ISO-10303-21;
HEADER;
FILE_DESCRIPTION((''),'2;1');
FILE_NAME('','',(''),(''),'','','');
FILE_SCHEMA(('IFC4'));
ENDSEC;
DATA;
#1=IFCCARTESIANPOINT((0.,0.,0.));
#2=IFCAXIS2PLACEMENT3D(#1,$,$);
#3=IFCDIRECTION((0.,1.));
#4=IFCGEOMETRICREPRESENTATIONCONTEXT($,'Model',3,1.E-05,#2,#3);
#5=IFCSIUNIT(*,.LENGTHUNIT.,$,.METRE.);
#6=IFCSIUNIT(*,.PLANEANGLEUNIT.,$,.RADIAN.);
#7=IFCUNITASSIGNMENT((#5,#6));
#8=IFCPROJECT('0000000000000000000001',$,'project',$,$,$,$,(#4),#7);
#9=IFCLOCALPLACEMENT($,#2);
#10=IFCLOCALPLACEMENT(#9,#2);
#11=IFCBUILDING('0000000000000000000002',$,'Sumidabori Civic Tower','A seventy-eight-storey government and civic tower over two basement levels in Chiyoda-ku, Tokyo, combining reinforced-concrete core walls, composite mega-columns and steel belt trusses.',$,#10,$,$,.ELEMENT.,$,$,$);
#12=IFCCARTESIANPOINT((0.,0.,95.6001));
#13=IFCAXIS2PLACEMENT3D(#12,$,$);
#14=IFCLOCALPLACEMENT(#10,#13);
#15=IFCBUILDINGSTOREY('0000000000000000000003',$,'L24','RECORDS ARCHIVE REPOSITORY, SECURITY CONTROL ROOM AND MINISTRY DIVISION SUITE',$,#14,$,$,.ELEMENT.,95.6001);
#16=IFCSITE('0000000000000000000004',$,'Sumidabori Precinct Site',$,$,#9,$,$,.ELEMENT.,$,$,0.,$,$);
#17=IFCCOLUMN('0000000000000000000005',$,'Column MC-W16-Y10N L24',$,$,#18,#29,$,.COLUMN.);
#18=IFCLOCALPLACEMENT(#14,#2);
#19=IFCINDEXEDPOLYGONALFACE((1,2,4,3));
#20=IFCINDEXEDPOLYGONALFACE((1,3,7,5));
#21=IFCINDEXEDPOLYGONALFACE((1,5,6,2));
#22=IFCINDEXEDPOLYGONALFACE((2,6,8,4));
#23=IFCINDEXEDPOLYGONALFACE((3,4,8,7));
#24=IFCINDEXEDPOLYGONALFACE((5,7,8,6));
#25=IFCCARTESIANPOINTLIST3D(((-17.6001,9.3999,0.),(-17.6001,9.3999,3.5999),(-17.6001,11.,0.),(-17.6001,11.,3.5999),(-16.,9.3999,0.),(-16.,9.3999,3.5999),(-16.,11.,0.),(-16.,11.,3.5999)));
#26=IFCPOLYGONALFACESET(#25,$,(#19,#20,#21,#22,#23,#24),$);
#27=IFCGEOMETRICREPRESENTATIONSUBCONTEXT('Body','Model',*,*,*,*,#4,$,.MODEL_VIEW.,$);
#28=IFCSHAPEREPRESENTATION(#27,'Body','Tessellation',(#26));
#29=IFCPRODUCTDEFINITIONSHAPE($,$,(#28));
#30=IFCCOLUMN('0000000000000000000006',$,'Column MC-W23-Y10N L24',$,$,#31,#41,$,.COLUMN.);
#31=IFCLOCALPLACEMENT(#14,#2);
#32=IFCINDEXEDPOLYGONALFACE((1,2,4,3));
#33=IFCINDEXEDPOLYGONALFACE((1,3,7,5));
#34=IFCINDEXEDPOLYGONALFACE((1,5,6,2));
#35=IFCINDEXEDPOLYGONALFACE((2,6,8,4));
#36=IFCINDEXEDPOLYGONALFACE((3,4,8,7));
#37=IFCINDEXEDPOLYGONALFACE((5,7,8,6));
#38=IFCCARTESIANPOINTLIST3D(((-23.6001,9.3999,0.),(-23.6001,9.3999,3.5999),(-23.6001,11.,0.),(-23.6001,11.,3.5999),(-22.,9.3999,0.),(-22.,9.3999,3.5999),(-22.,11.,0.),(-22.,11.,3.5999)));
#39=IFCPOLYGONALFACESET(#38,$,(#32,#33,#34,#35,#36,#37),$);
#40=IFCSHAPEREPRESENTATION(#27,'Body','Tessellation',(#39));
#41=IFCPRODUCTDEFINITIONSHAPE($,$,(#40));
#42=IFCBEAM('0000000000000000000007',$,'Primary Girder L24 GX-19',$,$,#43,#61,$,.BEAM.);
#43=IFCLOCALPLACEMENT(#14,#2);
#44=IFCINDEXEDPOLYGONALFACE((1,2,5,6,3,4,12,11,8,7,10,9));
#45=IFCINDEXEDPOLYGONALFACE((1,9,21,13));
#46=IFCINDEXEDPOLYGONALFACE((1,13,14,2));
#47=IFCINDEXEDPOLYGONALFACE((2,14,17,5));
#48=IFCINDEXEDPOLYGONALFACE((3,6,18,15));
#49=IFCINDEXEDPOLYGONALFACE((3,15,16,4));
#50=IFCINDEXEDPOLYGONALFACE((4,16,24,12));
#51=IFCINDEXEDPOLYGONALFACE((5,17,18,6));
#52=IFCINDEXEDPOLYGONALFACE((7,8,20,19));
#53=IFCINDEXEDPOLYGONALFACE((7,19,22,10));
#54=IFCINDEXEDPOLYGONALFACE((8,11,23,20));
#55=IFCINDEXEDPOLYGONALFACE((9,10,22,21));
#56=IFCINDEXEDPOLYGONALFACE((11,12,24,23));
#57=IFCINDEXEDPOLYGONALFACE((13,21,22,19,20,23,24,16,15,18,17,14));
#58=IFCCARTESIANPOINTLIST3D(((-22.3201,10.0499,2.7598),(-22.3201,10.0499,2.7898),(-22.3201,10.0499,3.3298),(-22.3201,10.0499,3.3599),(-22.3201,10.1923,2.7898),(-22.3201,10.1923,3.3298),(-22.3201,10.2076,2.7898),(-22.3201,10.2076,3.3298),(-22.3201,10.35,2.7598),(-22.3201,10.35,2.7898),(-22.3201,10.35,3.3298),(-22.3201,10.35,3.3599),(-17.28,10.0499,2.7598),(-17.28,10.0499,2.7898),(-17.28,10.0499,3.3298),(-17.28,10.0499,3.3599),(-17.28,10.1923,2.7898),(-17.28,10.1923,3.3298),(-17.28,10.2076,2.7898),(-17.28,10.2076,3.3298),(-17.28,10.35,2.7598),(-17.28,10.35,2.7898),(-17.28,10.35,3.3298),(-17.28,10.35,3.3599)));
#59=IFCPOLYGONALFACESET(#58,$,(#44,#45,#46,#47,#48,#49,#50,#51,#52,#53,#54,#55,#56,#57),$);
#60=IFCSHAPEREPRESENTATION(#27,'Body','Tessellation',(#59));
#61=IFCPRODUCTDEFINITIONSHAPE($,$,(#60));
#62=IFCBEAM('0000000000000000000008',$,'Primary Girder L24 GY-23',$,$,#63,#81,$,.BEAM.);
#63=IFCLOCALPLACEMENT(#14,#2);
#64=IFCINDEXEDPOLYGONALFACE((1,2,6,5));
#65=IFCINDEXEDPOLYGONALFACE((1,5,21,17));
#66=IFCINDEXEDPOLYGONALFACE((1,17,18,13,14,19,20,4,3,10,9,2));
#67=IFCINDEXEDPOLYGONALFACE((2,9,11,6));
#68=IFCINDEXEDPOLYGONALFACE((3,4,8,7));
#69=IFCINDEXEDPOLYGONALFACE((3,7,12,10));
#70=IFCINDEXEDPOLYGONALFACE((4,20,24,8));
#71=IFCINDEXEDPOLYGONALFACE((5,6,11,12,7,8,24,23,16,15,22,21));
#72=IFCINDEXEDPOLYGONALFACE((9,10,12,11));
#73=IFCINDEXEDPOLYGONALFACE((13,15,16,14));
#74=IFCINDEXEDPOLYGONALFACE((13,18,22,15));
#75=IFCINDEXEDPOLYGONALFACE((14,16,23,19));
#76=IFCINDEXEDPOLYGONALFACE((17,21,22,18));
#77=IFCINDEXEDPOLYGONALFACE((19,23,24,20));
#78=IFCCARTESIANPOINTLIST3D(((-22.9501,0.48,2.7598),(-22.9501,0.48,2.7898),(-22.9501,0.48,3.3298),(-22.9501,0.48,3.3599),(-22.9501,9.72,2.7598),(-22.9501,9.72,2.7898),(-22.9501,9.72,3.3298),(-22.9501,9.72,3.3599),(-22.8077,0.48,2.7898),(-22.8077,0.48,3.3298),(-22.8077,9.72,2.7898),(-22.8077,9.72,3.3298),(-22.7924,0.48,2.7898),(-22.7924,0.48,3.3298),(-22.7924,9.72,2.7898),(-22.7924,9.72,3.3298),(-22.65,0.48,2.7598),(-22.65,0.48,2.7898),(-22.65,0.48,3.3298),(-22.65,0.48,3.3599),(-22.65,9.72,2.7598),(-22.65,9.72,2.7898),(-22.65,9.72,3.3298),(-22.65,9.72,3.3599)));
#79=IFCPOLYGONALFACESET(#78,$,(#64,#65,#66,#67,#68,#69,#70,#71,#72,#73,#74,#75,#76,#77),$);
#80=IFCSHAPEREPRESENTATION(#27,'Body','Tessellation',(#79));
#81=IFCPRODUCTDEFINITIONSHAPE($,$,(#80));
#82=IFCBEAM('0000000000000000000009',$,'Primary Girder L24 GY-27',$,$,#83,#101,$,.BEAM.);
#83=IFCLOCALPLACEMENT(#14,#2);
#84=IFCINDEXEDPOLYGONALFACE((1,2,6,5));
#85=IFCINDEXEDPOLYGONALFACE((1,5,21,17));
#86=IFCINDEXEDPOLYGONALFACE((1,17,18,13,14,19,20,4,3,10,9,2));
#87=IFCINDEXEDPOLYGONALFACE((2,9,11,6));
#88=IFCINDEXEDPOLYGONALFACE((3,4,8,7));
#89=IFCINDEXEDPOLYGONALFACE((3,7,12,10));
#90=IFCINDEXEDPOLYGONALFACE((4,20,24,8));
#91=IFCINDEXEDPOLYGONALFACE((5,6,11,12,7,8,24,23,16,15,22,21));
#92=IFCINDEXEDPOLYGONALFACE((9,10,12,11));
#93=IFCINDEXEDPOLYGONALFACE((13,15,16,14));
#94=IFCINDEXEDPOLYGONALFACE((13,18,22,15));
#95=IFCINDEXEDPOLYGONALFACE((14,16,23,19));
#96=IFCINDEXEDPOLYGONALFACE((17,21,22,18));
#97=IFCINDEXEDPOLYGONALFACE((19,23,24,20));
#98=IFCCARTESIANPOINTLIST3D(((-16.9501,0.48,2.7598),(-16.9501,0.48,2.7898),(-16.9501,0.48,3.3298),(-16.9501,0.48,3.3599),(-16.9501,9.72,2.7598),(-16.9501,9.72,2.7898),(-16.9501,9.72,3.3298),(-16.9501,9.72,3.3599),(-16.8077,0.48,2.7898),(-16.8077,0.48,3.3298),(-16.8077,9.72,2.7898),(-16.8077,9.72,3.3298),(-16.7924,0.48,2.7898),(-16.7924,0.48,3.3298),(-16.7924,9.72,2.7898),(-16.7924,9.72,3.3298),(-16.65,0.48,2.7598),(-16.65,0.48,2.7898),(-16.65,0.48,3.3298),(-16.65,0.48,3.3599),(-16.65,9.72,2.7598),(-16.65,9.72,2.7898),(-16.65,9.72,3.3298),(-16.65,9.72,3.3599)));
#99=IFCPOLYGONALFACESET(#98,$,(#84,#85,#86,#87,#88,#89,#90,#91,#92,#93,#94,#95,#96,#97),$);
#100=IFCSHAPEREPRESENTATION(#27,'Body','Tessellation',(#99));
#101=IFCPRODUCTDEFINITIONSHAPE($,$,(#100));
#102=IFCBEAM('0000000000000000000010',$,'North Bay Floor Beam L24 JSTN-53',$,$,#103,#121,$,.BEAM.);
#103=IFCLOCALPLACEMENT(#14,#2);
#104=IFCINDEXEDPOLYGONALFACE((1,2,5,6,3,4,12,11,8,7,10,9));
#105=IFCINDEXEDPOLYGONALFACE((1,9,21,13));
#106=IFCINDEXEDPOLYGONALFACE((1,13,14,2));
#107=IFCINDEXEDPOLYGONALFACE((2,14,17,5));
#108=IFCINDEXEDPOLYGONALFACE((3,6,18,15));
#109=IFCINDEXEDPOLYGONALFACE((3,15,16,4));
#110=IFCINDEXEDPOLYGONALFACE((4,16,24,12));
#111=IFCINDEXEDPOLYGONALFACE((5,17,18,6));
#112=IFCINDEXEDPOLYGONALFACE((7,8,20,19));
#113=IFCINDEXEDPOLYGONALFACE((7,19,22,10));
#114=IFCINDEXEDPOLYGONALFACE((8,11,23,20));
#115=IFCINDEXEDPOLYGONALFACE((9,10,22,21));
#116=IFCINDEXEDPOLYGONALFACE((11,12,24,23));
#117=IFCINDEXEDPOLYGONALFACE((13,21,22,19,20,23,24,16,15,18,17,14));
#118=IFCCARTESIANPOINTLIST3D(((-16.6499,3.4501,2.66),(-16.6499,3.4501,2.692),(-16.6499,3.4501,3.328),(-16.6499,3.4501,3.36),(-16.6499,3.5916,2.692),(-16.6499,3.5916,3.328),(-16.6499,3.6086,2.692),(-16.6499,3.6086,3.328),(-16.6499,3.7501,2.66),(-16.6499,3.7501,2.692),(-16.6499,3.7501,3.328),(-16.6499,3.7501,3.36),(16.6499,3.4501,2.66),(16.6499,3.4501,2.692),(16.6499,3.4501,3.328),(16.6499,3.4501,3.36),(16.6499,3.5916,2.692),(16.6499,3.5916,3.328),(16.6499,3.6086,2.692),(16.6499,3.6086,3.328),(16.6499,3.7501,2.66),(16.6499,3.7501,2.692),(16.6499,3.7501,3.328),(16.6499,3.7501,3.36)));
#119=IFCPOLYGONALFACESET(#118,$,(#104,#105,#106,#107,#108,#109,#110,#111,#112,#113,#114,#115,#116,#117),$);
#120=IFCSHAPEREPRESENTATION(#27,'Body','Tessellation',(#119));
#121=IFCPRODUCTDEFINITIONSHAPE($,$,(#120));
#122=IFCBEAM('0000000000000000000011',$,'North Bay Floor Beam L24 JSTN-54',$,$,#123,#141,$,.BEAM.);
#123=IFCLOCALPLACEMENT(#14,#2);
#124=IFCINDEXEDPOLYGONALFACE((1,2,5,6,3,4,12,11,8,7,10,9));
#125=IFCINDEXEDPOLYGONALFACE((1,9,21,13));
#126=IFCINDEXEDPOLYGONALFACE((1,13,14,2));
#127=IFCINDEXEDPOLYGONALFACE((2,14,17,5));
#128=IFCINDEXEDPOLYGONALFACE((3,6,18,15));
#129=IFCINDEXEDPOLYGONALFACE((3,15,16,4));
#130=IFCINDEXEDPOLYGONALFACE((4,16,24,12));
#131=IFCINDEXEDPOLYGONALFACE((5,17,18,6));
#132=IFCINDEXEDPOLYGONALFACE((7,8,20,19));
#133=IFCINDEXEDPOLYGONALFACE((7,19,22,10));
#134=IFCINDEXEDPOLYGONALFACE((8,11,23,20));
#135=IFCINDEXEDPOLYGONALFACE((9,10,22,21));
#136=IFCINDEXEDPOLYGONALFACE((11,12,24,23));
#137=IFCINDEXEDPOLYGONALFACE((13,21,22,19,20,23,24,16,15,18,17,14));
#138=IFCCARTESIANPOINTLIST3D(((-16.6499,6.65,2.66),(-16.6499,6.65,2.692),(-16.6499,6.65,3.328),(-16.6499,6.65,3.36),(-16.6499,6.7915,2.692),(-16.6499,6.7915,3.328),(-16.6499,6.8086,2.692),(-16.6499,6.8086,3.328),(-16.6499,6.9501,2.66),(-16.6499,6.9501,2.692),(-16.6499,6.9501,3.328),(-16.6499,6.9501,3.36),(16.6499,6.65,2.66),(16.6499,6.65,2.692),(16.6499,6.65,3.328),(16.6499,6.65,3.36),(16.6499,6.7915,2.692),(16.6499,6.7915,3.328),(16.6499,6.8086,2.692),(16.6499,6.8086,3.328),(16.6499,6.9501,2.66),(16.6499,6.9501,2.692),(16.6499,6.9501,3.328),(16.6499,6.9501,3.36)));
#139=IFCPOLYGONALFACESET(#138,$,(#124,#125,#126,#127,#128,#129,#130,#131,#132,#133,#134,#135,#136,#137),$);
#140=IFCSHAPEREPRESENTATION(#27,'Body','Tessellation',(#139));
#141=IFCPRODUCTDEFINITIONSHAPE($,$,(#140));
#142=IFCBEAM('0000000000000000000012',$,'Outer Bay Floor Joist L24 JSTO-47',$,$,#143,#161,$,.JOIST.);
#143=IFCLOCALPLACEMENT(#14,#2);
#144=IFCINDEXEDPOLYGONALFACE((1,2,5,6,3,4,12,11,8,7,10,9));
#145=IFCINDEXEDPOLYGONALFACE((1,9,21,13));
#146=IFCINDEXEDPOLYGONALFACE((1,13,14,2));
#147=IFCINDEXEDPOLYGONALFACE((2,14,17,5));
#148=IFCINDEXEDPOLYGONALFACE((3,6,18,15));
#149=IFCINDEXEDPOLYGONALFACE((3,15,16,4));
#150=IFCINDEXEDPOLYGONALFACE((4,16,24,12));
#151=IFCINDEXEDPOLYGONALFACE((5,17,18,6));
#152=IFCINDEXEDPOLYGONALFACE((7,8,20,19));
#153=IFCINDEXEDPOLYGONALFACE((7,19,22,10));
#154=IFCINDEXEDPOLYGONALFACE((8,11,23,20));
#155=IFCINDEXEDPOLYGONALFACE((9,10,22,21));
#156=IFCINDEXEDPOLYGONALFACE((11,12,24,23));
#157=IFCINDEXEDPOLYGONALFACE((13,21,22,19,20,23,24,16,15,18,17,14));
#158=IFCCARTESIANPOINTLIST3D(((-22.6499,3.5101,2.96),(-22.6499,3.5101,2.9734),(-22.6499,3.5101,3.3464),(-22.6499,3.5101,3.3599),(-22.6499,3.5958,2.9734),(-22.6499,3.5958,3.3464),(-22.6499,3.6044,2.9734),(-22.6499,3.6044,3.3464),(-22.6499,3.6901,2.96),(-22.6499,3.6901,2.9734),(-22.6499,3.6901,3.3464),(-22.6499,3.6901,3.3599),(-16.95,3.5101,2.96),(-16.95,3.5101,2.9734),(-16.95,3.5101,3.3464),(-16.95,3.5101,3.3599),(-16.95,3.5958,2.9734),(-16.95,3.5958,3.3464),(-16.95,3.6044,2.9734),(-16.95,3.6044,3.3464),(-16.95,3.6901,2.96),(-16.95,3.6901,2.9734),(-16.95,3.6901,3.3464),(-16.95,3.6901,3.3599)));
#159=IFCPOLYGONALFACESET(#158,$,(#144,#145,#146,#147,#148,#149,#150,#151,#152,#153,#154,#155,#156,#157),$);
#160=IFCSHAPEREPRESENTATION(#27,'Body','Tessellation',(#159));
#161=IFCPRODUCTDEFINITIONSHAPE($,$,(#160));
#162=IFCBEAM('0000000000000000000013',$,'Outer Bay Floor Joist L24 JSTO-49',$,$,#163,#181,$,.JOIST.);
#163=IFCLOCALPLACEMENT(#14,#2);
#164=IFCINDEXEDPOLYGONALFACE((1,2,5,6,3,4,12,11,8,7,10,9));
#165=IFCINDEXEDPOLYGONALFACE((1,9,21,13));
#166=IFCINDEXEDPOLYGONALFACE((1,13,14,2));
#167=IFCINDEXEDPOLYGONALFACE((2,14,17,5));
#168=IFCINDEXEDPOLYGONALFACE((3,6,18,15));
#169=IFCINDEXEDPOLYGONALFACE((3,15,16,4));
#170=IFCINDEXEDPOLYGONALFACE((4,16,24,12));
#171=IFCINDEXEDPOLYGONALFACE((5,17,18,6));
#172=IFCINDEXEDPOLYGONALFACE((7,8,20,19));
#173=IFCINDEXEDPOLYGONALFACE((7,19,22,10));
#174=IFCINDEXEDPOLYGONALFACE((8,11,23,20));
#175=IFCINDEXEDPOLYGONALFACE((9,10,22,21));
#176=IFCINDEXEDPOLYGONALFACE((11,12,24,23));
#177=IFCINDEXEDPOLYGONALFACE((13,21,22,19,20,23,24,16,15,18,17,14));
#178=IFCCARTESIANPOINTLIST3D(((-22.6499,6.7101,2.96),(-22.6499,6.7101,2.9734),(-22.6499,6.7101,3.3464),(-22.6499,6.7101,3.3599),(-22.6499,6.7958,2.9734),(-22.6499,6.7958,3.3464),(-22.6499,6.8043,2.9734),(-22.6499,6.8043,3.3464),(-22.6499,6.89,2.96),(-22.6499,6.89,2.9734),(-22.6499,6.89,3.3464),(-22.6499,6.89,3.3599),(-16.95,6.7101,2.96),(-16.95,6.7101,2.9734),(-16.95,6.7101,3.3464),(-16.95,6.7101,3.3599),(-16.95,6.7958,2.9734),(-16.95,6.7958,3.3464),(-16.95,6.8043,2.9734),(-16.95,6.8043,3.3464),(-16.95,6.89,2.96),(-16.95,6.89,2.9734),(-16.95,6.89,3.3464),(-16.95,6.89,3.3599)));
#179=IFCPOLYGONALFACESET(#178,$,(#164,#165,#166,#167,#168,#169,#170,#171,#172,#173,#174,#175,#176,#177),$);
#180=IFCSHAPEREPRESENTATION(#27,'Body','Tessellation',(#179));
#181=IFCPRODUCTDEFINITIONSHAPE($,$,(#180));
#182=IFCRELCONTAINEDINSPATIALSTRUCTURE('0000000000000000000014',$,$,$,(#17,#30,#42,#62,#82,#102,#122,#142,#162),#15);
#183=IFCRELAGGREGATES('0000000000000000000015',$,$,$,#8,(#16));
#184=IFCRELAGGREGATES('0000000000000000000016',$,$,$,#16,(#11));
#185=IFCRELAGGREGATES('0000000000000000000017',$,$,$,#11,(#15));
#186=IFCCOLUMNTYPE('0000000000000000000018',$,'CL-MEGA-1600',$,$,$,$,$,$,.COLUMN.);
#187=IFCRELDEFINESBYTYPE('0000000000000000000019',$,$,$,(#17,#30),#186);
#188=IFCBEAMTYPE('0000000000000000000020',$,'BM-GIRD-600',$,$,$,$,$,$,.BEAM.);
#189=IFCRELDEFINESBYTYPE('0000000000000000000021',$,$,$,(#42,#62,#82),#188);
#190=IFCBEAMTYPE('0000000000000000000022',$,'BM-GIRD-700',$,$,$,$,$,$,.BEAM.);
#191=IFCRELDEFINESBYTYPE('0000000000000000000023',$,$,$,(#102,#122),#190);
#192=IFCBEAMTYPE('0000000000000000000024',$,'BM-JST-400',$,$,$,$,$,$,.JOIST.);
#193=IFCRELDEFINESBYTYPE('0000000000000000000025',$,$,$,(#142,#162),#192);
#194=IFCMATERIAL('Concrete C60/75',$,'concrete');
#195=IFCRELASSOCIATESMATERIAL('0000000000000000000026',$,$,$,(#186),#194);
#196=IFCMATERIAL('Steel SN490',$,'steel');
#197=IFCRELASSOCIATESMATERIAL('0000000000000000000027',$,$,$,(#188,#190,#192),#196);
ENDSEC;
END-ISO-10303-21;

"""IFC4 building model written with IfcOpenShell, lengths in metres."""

from ifc_helpers import new_model, si_unit, direction, frame, origin, origin_2d, place, context, subcontext, project, spatial, rectangle, i_section, extrude, source, transform, mapped, material, material_profile, profile_set, type_object, element, save


model = new_model("IFC4")

# Units and contexts
model_context = context("Model", 3, precision=1e-05, world=origin(), true_north=direction((0.0, 1.0)))
body_context = subcontext(model_context, "Body", "Model", "MODEL_VIEW")
ifc_project = project(units=[si_unit("LENGTHUNIT", "METRE"), si_unit("PLANEANGLEUNIT", "RADIAN")], contexts=[model_context])

# Site, building, storey
site_placement = place(None, origin())
site = spatial("IfcSite", under=ifc_project, at=site_placement, Name="Sumidabori Precinct Site", CompositionType="ELEMENT", RefElevation=0.0)
building_placement = place(site_placement, origin())
building = spatial("IfcBuilding", under=site, at=building_placement, Name="Sumidabori Civic Tower", Description="A seventy-eight-storey government and civic tower over two basement levels in Chiyoda-ku, Tokyo, combining reinforced-concrete core walls, composite mega-columns and steel belt trusses.", CompositionType="ELEMENT")
storey_placement = place(building_placement, frame((0.0, 0.0, 95.6001)))
storey = spatial("IfcBuildingStorey", under=building, at=storey_placement, Name="L24", Description="RECORDS ARCHIVE REPOSITORY, SECURITY CONTROL ROOM AND MINISTRY DIVISION SUITE", CompositionType="ELEMENT", Elevation=95.6001)

# Columns
ifc_material_1 = material(Name="Concrete C60/75", Category="concrete")
ifc_material_profile_1 = material_profile(ifc_material_1, rectangle(XDim=1.6001, YDim=1.6001, at=origin_2d()), Name="RC 1600x1600")
ifc_profile_set_1 = profile_set([ifc_material_profile_1], Name="Concrete C60/75")
column_type = type_object("IfcColumnType", Name="CL-MEGA-1600", PredefinedType="COLUMN", material=ifc_profile_set_1)
shared_shape_1 = source(origin(), body_context, "Body", "SweptSolid", [
    extrude(rectangle(XDim=1.6001, YDim=1.6001, at=origin_2d()), origin(), (0.0, 0.0, 1.0), 3.5999),
])
for number, where, z_axis, x_axis, name in (
    (1, (-16.8, 10.2, 0.0), (0.0, 0.0, 1.0), (1.0, 0.0, 0.0), "Column MC-W16-Y10N L24"),
    (2, (-22.8, 10.2, 0.0), (0.0, 0.0, 1.0), (1.0, 0.0, 0.0), "Column MC-W23-Y10N L24"),
):
    element("IfcColumn", number, at=place(storey_placement, frame(where, z_axis=z_axis, x_axis=x_axis)), inside=storey, type_object=column_type, Name=name, PredefinedType="COLUMN", context=body_context, shape_type="MappedRepresentation", body=[
        mapped(shared_shape_1, transform((0.0, 0.0, 0.0), x_axis=(1.0, 0.0, 0.0), y_axis=(0.0, 1.0, 0.0), z_axis=(0.0, 0.0, 1.0), scale=1.0)),
    ])

# Beams
ifc_material_2 = material(Name="Steel SN490", Category="steel")
ifc_material_profile_2 = material_profile(ifc_material_2, i_section(OverallWidth=0.3, OverallDepth=0.6001, WebThickness=0.0154, FlangeThickness=0.03, at=origin_2d()), Name="HE 600 B")
ifc_profile_set_2 = profile_set([ifc_material_profile_2], Name="Steel SN490")
beam_type_1 = type_object("IfcBeamType", Name="BM-GIRD-600", PredefinedType="BEAM", material=ifc_profile_set_2)
shared_shape_2 = source(origin(), body_context, "Body", "SweptSolid", [
    extrude(i_section(OverallWidth=0.3, OverallDepth=0.6001, WebThickness=0.0154, FlangeThickness=0.03, at=origin_2d()), origin(), (0.0, 0.0, 1.0), 5.04),
])
beam_placement = place(storey_placement, frame((-22.3201, 10.2, 3.0598), z_axis=(1.0, 0.0, 0.0), x_axis=(0.0, 1.0, 0.0)))
element("IfcBeam", 3, at=beam_placement, inside=storey, type_object=beam_type_1, Name="Primary Girder L24 GX-19", PredefinedType="BEAM", context=body_context, shape_type="MappedRepresentation", body=[
    mapped(shared_shape_2, transform((0.0, 0.0, 0.0), x_axis=(1.0, 0.0, 0.0), y_axis=(0.0, 1.0, 0.0), z_axis=(0.0, 0.0, 1.0), scale=1.0)),
])
shared_shape_3 = source(origin(), body_context, "Body", "SweptSolid", [
    extrude(i_section(OverallWidth=0.3, OverallDepth=0.6001, WebThickness=0.0154, FlangeThickness=0.03, at=origin_2d()), origin(), (0.0, 0.0, 1.0), 9.24),
])
for number, where, z_axis, x_axis, name in (
    (4, (-22.8, 0.48, 3.0598), (0.0, 1.0, 0.0), (-1.0, 0.0, 0.0), "Primary Girder L24 GY-23"),
    (5, (-16.8, 0.48, 3.0598), (0.0, 1.0, 0.0), (-1.0, 0.0, 0.0), "Primary Girder L24 GY-27"),
):
    element("IfcBeam", number, at=place(storey_placement, frame(where, z_axis=z_axis, x_axis=x_axis)), inside=storey, type_object=beam_type_1, Name=name, PredefinedType="BEAM", context=body_context, shape_type="MappedRepresentation", body=[
        mapped(shared_shape_3, transform((0.0, 0.0, 0.0), x_axis=(1.0, 0.0, 0.0), y_axis=(0.0, 1.0, 0.0), z_axis=(0.0, 0.0, 1.0), scale=1.0)),
    ])
ifc_material_profile_3 = material_profile(ifc_material_2, i_section(OverallWidth=0.3, OverallDepth=0.7, WebThickness=0.0171, FlangeThickness=0.032, at=origin_2d()), Name="HE 700 B")
ifc_profile_set_3 = profile_set([ifc_material_profile_3], Name="Steel SN490")
beam_type_2 = type_object("IfcBeamType", Name="BM-GIRD-700", PredefinedType="BEAM", material=ifc_profile_set_3)
shared_shape_4 = source(origin(), body_context, "Body", "SweptSolid", [
    extrude(i_section(OverallWidth=0.3, OverallDepth=0.7, WebThickness=0.0171, FlangeThickness=0.032, at=origin_2d()), origin(), (0.0, 0.0, 1.0), 33.2998),
])
for number, where, z_axis, x_axis, name in (
    (6, (-16.6499, 3.6001, 3.01), (1.0, 0.0, 0.0), (0.0, 1.0, 0.0), "North Bay Floor Beam L24 JSTN-53"),
    (7, (-16.6499, 6.8, 3.01), (1.0, 0.0, 0.0), (0.0, 1.0, 0.0), "North Bay Floor Beam L24 JSTN-54"),
):
    element("IfcBeam", number, at=place(storey_placement, frame(where, z_axis=z_axis, x_axis=x_axis)), inside=storey, type_object=beam_type_2, Name=name, PredefinedType="BEAM", context=body_context, shape_type="MappedRepresentation", body=[
        mapped(shared_shape_4, transform((0.0, 0.0, 0.0), x_axis=(1.0, 0.0, 0.0), y_axis=(0.0, 1.0, 0.0), z_axis=(0.0, 0.0, 1.0), scale=1.0)),
    ])
ifc_material_profile_4 = material_profile(ifc_material_2, i_section(OverallWidth=0.1799, OverallDepth=0.3999, WebThickness=0.0085, FlangeThickness=0.0134, at=origin_2d()), Name="IPE 400")
ifc_profile_set_4 = profile_set([ifc_material_profile_4], Name="Steel SN490")
beam_type_3 = type_object("IfcBeamType", Name="BM-JST-400", PredefinedType="JOIST", material=ifc_profile_set_4)
shared_shape_5 = source(origin(), body_context, "Body", "SweptSolid", [
    extrude(i_section(OverallWidth=0.1799, OverallDepth=0.3999, WebThickness=0.0085, FlangeThickness=0.0134, at=origin_2d()), origin(), (0.0, 0.0, 1.0), 5.7),
])
for number, where, z_axis, x_axis, name in (
    (8, (-22.6499, 3.6001, 3.1599), (1.0, 0.0, 0.0), (0.0, 1.0, 0.0), "Outer Bay Floor Joist L24 JSTO-47"),
    (9, (-22.6499, 6.8, 3.1599), (1.0, 0.0, 0.0), (0.0, 1.0, 0.0), "Outer Bay Floor Joist L24 JSTO-49"),
):
    element("IfcBeam", number, at=place(storey_placement, frame(where, z_axis=z_axis, x_axis=x_axis)), inside=storey, type_object=beam_type_3, Name=name, PredefinedType="JOIST", context=body_context, shape_type="MappedRepresentation", body=[
        mapped(shared_shape_5, transform((0.0, 0.0, 0.0), x_axis=(1.0, 0.0, 0.0), y_axis=(0.0, 1.0, 0.0), z_axis=(0.0, 0.0, 1.0), scale=1.0)),
    ])

save(model, "model.ifc")
